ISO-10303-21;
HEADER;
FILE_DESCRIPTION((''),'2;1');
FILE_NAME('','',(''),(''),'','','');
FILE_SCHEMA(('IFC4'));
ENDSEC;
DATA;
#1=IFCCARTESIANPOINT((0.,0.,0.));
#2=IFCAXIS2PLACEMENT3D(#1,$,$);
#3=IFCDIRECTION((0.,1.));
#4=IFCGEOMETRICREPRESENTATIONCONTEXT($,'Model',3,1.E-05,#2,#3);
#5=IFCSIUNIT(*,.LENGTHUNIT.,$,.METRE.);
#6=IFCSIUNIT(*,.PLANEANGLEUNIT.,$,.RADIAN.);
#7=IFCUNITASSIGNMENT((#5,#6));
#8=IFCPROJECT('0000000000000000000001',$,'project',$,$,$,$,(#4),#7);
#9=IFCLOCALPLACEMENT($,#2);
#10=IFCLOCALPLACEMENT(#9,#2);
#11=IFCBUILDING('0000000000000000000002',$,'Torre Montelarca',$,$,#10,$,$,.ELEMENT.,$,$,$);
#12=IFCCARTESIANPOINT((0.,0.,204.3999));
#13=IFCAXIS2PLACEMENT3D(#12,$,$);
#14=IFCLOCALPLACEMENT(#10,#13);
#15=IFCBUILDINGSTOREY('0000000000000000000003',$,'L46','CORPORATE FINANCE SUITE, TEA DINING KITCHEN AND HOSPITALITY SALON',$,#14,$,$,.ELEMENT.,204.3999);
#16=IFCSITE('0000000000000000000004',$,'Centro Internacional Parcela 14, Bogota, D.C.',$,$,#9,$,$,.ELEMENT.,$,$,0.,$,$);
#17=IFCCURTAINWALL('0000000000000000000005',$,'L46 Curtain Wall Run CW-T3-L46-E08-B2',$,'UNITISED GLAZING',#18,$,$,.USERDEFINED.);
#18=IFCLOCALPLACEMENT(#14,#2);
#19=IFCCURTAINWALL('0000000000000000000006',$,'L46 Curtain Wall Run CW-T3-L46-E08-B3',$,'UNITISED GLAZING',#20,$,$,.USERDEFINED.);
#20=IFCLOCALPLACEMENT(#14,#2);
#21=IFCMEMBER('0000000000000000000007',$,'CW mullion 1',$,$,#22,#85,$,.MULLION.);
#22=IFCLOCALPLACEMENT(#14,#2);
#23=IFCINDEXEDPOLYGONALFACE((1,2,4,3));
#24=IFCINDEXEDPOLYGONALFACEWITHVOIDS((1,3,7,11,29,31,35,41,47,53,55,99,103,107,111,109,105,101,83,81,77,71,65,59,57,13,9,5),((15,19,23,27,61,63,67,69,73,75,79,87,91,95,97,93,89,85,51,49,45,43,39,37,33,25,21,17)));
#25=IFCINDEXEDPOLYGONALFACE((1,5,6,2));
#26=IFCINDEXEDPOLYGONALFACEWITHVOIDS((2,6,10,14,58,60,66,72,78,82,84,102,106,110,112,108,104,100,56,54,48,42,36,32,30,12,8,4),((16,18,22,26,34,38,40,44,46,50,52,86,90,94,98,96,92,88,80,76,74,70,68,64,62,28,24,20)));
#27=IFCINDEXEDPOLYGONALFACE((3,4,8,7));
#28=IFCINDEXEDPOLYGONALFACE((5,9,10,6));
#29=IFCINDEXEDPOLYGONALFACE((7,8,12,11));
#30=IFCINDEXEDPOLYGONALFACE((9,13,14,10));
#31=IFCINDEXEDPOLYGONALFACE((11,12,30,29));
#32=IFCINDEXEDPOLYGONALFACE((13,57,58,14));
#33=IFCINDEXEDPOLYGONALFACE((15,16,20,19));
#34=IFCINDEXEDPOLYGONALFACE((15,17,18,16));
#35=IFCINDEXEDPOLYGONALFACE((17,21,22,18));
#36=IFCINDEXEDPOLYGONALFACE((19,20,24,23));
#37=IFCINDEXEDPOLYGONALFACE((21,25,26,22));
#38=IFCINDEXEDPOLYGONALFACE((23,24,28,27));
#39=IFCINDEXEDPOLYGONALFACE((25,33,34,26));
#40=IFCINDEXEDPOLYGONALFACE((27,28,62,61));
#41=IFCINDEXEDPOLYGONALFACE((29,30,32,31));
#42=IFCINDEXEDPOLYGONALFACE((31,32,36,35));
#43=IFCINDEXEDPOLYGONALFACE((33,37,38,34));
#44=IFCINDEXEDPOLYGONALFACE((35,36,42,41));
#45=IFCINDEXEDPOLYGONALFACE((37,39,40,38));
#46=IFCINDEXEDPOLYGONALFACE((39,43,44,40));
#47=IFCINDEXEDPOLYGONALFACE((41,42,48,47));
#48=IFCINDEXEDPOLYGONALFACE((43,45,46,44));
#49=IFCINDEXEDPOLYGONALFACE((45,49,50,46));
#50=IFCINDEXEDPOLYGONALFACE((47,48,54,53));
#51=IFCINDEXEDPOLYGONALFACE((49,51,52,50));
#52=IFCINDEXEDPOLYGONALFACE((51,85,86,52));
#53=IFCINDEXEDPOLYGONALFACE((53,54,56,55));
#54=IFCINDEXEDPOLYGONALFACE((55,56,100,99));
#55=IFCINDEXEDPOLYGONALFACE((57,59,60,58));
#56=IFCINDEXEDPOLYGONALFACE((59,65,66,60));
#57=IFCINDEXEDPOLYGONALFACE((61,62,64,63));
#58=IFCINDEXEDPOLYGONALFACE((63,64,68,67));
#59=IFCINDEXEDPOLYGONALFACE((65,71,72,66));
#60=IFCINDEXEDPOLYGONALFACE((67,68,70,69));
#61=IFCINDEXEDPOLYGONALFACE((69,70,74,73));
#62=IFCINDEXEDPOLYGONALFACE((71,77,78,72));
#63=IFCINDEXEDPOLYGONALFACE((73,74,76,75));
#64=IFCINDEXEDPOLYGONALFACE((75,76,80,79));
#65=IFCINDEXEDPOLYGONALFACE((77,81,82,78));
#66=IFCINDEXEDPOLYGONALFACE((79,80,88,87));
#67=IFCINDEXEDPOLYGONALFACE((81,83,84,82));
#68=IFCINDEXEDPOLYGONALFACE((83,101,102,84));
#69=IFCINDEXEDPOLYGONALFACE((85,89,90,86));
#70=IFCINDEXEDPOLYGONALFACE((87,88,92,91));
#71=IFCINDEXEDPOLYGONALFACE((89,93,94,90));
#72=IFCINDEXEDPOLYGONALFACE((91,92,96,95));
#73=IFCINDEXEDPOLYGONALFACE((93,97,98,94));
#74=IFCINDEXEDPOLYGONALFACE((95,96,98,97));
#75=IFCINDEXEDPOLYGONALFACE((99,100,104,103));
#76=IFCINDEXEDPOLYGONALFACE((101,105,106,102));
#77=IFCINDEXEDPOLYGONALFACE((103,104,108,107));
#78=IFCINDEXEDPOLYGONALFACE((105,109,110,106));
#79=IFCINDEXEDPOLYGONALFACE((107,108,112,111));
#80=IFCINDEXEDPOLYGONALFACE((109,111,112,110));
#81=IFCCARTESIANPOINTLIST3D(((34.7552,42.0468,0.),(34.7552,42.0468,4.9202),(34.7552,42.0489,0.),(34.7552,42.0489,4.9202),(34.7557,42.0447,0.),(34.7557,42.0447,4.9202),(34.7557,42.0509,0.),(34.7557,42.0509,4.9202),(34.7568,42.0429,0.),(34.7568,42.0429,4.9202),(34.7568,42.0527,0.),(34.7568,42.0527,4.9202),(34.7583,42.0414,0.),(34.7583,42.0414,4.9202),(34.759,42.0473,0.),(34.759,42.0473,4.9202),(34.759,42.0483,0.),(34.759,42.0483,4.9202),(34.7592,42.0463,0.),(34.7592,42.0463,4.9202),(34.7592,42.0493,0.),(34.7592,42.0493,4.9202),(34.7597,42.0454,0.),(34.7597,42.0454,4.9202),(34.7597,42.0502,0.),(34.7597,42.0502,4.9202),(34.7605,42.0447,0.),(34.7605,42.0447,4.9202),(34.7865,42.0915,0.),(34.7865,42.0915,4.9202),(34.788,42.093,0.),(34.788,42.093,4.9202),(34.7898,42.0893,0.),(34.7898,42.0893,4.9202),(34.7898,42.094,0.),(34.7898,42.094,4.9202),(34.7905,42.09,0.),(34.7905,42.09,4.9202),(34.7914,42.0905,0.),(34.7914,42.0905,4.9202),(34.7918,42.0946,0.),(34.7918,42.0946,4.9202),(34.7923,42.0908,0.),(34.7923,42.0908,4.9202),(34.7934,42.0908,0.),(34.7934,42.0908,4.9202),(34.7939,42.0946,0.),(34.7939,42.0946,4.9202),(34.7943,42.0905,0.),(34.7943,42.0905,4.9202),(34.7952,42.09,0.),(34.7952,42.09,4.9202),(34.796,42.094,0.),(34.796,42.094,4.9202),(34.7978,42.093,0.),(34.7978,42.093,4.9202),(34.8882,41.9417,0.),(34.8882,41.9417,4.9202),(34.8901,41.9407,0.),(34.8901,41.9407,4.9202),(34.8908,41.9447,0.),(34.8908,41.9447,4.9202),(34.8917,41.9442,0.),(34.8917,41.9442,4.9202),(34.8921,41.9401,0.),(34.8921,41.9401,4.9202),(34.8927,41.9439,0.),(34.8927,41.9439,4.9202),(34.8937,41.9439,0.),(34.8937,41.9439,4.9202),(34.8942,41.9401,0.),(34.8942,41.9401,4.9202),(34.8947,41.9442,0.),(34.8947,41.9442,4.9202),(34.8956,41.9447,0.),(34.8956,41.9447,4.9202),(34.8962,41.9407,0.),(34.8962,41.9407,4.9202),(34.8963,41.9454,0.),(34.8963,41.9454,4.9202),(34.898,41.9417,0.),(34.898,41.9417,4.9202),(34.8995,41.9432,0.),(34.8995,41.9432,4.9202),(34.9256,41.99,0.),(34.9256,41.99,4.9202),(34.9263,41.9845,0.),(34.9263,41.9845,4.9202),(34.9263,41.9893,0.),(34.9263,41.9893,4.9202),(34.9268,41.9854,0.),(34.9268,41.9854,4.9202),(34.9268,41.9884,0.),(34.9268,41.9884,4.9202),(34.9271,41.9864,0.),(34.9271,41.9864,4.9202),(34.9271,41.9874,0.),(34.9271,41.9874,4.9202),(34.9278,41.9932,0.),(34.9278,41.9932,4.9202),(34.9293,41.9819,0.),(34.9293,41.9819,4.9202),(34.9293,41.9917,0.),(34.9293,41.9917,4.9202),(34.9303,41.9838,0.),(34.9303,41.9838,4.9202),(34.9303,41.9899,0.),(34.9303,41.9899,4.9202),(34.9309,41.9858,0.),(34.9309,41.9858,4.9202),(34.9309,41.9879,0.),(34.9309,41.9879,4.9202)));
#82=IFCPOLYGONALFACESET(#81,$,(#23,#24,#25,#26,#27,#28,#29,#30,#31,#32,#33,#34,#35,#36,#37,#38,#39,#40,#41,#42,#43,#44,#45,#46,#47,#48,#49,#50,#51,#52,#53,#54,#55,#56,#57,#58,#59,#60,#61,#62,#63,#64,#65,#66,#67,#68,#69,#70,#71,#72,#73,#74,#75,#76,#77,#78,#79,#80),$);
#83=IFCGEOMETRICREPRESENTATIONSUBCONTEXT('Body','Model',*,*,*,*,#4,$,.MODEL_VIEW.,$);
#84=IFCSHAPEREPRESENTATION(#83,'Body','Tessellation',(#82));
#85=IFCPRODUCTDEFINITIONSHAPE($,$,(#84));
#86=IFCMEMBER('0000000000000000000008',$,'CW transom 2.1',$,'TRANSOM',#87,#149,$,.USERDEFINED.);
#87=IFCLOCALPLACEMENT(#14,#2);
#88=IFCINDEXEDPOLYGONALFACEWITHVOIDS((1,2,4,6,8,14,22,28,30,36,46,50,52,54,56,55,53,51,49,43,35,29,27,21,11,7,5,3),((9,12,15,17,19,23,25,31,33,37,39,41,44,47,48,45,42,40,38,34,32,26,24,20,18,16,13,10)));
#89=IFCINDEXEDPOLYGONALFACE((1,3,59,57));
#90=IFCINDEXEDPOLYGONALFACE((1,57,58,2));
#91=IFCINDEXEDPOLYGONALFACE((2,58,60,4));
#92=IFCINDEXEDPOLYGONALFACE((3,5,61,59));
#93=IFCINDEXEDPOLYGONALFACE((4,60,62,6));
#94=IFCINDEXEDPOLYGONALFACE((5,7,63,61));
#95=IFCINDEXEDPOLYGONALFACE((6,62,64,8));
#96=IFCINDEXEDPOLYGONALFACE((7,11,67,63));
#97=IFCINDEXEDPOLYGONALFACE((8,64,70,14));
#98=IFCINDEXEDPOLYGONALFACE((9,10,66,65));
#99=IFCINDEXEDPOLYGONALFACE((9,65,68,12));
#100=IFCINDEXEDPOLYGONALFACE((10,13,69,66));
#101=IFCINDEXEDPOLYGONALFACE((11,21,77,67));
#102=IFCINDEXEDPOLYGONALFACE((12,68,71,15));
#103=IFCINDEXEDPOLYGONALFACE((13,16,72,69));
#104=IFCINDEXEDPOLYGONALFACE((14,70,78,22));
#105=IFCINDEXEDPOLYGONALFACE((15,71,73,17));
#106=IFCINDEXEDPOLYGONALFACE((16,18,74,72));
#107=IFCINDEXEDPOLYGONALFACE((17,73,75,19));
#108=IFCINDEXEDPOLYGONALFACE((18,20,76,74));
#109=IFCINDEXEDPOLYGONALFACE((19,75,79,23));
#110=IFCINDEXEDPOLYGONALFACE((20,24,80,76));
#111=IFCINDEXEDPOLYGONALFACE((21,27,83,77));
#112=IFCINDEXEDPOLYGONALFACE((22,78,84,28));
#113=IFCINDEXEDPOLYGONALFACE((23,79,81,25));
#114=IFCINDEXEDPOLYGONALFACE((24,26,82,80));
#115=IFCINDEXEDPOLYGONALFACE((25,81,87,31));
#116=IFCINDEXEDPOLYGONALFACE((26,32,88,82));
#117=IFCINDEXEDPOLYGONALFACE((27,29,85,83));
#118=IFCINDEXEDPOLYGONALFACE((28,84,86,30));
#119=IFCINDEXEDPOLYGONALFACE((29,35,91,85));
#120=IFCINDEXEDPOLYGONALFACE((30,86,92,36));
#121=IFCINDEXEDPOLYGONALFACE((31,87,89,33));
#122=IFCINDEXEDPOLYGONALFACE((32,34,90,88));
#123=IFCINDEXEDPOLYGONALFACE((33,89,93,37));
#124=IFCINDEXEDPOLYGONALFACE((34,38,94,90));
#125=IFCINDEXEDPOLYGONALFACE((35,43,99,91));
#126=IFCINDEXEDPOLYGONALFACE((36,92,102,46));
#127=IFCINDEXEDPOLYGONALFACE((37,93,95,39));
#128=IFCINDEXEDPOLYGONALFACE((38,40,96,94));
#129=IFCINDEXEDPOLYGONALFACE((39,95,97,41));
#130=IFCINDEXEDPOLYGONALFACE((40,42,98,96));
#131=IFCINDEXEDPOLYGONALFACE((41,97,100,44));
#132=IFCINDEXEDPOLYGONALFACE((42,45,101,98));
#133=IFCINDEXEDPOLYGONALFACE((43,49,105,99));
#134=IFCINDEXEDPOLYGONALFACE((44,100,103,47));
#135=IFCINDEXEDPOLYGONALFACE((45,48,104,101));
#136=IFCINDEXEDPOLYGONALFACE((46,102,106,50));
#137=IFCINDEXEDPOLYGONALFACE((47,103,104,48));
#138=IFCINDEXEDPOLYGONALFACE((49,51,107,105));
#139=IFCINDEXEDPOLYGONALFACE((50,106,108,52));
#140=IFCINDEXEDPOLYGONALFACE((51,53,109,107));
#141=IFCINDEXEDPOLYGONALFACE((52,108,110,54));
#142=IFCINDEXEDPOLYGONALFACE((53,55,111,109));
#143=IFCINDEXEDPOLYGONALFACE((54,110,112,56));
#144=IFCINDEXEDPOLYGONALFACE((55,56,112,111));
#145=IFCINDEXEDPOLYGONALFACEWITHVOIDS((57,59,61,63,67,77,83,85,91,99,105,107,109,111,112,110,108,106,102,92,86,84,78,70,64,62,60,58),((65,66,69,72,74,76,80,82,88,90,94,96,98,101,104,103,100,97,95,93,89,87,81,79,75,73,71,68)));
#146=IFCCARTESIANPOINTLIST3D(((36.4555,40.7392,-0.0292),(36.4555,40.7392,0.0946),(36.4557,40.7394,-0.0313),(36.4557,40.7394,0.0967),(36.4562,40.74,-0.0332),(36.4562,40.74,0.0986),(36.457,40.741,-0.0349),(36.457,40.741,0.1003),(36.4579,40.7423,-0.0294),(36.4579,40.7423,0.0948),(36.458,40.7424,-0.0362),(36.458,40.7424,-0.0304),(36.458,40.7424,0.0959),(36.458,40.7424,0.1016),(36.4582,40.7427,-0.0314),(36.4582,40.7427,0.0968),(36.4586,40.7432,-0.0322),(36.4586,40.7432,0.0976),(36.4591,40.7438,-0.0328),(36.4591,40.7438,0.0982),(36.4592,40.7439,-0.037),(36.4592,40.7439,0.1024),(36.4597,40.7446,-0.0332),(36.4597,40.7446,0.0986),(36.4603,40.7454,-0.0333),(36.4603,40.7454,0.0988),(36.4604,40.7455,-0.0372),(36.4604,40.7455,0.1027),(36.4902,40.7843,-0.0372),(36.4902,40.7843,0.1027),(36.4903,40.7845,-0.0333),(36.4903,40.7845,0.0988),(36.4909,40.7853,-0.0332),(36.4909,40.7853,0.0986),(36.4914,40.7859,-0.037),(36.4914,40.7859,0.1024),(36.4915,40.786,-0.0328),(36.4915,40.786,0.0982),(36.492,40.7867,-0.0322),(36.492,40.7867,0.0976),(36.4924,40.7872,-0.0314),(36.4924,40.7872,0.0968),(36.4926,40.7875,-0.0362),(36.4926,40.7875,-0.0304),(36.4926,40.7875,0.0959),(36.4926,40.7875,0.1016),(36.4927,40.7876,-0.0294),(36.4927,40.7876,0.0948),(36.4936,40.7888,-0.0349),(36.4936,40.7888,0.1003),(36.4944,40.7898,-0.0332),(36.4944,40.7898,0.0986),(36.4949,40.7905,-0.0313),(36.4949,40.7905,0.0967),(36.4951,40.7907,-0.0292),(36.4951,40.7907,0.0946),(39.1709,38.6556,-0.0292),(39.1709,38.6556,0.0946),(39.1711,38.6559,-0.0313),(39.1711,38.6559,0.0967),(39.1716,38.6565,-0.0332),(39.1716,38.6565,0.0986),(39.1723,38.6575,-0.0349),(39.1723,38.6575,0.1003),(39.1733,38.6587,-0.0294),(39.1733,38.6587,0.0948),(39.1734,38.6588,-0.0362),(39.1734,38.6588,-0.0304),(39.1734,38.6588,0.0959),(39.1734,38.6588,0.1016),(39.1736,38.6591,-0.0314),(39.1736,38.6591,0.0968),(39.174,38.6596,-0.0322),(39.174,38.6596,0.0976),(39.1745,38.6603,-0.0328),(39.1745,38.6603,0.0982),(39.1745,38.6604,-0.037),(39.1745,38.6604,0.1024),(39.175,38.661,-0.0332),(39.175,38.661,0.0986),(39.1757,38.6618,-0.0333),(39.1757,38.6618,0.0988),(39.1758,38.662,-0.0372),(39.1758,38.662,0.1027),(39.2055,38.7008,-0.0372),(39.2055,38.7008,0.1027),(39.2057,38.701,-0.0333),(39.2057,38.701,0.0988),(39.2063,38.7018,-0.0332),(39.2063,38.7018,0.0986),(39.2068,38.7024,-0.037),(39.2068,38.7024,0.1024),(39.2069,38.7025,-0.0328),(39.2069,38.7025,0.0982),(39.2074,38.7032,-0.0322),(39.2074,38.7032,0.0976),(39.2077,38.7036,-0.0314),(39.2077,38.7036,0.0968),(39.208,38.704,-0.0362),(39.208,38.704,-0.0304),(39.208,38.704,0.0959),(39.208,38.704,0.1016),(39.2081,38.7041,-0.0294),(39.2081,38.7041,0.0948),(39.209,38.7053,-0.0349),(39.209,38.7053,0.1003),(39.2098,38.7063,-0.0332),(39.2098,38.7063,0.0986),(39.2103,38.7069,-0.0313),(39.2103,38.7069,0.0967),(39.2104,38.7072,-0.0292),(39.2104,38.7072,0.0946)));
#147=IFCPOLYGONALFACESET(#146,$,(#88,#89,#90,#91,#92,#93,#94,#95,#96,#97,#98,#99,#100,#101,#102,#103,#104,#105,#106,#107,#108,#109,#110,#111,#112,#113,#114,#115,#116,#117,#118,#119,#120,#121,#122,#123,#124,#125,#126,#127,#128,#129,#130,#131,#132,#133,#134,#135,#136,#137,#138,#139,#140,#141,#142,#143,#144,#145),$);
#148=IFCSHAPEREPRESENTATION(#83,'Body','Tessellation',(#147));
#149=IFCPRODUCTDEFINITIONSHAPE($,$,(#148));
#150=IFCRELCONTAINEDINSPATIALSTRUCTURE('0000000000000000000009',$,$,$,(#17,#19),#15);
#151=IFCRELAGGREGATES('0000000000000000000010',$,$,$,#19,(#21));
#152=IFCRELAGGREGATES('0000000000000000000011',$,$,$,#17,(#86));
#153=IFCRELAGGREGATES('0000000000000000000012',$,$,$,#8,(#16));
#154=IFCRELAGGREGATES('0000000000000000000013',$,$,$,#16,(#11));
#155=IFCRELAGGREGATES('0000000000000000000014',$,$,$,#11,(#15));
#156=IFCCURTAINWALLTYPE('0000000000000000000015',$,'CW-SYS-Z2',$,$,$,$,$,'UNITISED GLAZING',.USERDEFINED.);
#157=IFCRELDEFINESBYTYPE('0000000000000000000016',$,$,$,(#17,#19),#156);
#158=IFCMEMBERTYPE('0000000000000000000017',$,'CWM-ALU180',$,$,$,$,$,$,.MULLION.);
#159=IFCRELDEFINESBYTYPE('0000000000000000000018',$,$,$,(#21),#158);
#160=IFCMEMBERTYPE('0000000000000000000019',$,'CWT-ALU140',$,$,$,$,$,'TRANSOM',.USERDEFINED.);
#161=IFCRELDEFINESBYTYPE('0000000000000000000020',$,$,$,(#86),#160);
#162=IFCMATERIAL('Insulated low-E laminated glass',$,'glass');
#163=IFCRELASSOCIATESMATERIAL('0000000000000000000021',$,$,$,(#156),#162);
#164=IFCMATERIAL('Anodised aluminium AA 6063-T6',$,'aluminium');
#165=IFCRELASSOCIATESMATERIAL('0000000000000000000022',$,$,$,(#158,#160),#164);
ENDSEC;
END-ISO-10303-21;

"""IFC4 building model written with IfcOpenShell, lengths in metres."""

from ifc_helpers import new_model, si_unit, direction, frame, origin, origin_2d, place, context, subcontext, project, spatial, hollow_rectangle, extrude, source, transform, mapped, material, material_profile, profile_set, type_object, element, aggregate, save


model = new_model("IFC4")

# Units and contexts
model_context = context("Model", 3, precision=1e-05, world=origin(), true_north=direction((0.0, 1.0)))
body_context = subcontext(model_context, "Body", "Model", "MODEL_VIEW")
ifc_project = project(units=[si_unit("LENGTHUNIT", "METRE"), si_unit("PLANEANGLEUNIT", "RADIAN")], contexts=[model_context])

# Site, building, storey
site_placement = place(None, origin())
site = spatial("IfcSite", under=ifc_project, at=site_placement, Name="Centro Internacional Parcela 14, Bogota, D.C.", CompositionType="ELEMENT", RefElevation=0.0)
building_placement = place(site_placement, origin())
building = spatial("IfcBuilding", under=site, at=building_placement, Name="Torre Montelarca", CompositionType="ELEMENT")
storey_placement = place(building_placement, frame((0.0, 0.0, 204.3999)))
storey = spatial("IfcBuildingStorey", under=building, at=storey_placement, Name="L46", Description="CORPORATE FINANCE SUITE, TEA DINING KITCHEN AND HOSPITALITY SALON", CompositionType="ELEMENT", Elevation=204.3999)

# Shared definitions
ifc_material_1 = material(Name="Insulated low-E laminated glass", Category="glass")
curtain_wall_type = type_object("IfcCurtainWallType", Name="CW-SYS-Z2", ElementType="UNITISED GLAZING", PredefinedType="USERDEFINED", material=ifc_material_1)
ifc_material_2 = material(Name="Anodised aluminium AA 6063-T6", Category="aluminium")
ifc_material_profile_1 = material_profile(ifc_material_2, hollow_rectangle(XDim=0.0649, YDim=0.1799, WallThickness=0.0039, InnerFilletRadius=0.0039, OuterFilletRadius=0.0081, at=origin_2d()), Name="ALU65X180X4", Category="aluminium")
ifc_profile_set_1 = profile_set([ifc_material_profile_1], Name="Anodised aluminium AA 6063-T6")
member_type_1 = type_object("IfcMemberType", Name="CWM-ALU180", PredefinedType="MULLION", material=ifc_profile_set_1)
shared_shape_1 = source(origin(), body_context, "Body", "SweptSolid", [
    extrude(hollow_rectangle(XDim=0.0649, YDim=0.1799, WallThickness=0.0039, InnerFilletRadius=0.0039, OuterFilletRadius=0.0081, at=origin_2d()), origin(), (0.0, 0.0, 1.0), 4.9202),
])

# Curtain wall
curtain_wall_1_placement = place(storey_placement, origin())
curtain_wall_1 = element("IfcCurtainWall", 1, at=curtain_wall_1_placement, inside=storey, type_object=curtain_wall_type, Name="L46 Curtain Wall Run CW-T3-L46-E08-B2", ObjectType="UNITISED GLAZING", PredefinedType="USERDEFINED")

# Curtain wall, member
curtain_wall_2_placement = place(storey_placement, origin())
curtain_wall_2 = element("IfcCurtainWall", 2, at=curtain_wall_2_placement, inside=storey, type_object=curtain_wall_type, Name="L46 Curtain Wall Run CW-T3-L46-E08-B3", ObjectType="UNITISED GLAZING", PredefinedType="USERDEFINED")
member_1_placement = place(storey_placement, frame((34.843, 42.0173, 0.0), z_axis=(0.0, 0.0, 1.0), x_axis=(-0.608757, -0.793357, 0.0)))
member_1 = element("IfcMember", 3, at=member_1_placement, type_object=member_type_1, Name="CW mullion 1", PredefinedType="MULLION", context=body_context, shape_type="MappedRepresentation", body=[
    mapped(shared_shape_1, transform((0.0, 0.0, 0.0), scale=1.0)),
])

# Member
ifc_material_profile_2 = material_profile(ifc_material_2, hollow_rectangle(XDim=0.0649, YDim=0.1399, WallThickness=0.0039, InnerFilletRadius=0.0039, OuterFilletRadius=0.0081, at=origin_2d()), Name="ALU65X140X4", Category="aluminium")
ifc_profile_set_2 = profile_set([ifc_material_profile_2], Name="Anodised aluminium AA 6063-T6")
member_type_2 = type_object("IfcMemberType", Name="CWT-ALU140", ElementType="TRANSOM", PredefinedType="USERDEFINED", material=ifc_profile_set_2)
shared_shape_2 = source(origin(), body_context, "Body", "SweptSolid", [
    extrude(hollow_rectangle(XDim=0.0649, YDim=0.1399, WallThickness=0.0039, InnerFilletRadius=0.0039, OuterFilletRadius=0.0081, at=origin_2d()), origin(), (0.0, 0.0, 1.0), 3.4226),
])
member_2_placement = place(storey_placement, frame((39.1907, 38.6814, 0.0327), z_axis=(-0.793361, 0.608752, 0.0), x_axis=(-0.608752, -0.793361, 0.0)))
member_2 = element("IfcMember", 4, at=member_2_placement, type_object=member_type_2, Name="CW transom 2.1", ObjectType="TRANSOM", PredefinedType="USERDEFINED", context=body_context, shape_type="MappedRepresentation", body=[
    mapped(shared_shape_2, transform((0.0, 0.0, 0.0), scale=1.0)),
])

aggregate(curtain_wall_2, [member_1])
aggregate(curtain_wall_1, [member_2])

save(model, "model.ifc")
